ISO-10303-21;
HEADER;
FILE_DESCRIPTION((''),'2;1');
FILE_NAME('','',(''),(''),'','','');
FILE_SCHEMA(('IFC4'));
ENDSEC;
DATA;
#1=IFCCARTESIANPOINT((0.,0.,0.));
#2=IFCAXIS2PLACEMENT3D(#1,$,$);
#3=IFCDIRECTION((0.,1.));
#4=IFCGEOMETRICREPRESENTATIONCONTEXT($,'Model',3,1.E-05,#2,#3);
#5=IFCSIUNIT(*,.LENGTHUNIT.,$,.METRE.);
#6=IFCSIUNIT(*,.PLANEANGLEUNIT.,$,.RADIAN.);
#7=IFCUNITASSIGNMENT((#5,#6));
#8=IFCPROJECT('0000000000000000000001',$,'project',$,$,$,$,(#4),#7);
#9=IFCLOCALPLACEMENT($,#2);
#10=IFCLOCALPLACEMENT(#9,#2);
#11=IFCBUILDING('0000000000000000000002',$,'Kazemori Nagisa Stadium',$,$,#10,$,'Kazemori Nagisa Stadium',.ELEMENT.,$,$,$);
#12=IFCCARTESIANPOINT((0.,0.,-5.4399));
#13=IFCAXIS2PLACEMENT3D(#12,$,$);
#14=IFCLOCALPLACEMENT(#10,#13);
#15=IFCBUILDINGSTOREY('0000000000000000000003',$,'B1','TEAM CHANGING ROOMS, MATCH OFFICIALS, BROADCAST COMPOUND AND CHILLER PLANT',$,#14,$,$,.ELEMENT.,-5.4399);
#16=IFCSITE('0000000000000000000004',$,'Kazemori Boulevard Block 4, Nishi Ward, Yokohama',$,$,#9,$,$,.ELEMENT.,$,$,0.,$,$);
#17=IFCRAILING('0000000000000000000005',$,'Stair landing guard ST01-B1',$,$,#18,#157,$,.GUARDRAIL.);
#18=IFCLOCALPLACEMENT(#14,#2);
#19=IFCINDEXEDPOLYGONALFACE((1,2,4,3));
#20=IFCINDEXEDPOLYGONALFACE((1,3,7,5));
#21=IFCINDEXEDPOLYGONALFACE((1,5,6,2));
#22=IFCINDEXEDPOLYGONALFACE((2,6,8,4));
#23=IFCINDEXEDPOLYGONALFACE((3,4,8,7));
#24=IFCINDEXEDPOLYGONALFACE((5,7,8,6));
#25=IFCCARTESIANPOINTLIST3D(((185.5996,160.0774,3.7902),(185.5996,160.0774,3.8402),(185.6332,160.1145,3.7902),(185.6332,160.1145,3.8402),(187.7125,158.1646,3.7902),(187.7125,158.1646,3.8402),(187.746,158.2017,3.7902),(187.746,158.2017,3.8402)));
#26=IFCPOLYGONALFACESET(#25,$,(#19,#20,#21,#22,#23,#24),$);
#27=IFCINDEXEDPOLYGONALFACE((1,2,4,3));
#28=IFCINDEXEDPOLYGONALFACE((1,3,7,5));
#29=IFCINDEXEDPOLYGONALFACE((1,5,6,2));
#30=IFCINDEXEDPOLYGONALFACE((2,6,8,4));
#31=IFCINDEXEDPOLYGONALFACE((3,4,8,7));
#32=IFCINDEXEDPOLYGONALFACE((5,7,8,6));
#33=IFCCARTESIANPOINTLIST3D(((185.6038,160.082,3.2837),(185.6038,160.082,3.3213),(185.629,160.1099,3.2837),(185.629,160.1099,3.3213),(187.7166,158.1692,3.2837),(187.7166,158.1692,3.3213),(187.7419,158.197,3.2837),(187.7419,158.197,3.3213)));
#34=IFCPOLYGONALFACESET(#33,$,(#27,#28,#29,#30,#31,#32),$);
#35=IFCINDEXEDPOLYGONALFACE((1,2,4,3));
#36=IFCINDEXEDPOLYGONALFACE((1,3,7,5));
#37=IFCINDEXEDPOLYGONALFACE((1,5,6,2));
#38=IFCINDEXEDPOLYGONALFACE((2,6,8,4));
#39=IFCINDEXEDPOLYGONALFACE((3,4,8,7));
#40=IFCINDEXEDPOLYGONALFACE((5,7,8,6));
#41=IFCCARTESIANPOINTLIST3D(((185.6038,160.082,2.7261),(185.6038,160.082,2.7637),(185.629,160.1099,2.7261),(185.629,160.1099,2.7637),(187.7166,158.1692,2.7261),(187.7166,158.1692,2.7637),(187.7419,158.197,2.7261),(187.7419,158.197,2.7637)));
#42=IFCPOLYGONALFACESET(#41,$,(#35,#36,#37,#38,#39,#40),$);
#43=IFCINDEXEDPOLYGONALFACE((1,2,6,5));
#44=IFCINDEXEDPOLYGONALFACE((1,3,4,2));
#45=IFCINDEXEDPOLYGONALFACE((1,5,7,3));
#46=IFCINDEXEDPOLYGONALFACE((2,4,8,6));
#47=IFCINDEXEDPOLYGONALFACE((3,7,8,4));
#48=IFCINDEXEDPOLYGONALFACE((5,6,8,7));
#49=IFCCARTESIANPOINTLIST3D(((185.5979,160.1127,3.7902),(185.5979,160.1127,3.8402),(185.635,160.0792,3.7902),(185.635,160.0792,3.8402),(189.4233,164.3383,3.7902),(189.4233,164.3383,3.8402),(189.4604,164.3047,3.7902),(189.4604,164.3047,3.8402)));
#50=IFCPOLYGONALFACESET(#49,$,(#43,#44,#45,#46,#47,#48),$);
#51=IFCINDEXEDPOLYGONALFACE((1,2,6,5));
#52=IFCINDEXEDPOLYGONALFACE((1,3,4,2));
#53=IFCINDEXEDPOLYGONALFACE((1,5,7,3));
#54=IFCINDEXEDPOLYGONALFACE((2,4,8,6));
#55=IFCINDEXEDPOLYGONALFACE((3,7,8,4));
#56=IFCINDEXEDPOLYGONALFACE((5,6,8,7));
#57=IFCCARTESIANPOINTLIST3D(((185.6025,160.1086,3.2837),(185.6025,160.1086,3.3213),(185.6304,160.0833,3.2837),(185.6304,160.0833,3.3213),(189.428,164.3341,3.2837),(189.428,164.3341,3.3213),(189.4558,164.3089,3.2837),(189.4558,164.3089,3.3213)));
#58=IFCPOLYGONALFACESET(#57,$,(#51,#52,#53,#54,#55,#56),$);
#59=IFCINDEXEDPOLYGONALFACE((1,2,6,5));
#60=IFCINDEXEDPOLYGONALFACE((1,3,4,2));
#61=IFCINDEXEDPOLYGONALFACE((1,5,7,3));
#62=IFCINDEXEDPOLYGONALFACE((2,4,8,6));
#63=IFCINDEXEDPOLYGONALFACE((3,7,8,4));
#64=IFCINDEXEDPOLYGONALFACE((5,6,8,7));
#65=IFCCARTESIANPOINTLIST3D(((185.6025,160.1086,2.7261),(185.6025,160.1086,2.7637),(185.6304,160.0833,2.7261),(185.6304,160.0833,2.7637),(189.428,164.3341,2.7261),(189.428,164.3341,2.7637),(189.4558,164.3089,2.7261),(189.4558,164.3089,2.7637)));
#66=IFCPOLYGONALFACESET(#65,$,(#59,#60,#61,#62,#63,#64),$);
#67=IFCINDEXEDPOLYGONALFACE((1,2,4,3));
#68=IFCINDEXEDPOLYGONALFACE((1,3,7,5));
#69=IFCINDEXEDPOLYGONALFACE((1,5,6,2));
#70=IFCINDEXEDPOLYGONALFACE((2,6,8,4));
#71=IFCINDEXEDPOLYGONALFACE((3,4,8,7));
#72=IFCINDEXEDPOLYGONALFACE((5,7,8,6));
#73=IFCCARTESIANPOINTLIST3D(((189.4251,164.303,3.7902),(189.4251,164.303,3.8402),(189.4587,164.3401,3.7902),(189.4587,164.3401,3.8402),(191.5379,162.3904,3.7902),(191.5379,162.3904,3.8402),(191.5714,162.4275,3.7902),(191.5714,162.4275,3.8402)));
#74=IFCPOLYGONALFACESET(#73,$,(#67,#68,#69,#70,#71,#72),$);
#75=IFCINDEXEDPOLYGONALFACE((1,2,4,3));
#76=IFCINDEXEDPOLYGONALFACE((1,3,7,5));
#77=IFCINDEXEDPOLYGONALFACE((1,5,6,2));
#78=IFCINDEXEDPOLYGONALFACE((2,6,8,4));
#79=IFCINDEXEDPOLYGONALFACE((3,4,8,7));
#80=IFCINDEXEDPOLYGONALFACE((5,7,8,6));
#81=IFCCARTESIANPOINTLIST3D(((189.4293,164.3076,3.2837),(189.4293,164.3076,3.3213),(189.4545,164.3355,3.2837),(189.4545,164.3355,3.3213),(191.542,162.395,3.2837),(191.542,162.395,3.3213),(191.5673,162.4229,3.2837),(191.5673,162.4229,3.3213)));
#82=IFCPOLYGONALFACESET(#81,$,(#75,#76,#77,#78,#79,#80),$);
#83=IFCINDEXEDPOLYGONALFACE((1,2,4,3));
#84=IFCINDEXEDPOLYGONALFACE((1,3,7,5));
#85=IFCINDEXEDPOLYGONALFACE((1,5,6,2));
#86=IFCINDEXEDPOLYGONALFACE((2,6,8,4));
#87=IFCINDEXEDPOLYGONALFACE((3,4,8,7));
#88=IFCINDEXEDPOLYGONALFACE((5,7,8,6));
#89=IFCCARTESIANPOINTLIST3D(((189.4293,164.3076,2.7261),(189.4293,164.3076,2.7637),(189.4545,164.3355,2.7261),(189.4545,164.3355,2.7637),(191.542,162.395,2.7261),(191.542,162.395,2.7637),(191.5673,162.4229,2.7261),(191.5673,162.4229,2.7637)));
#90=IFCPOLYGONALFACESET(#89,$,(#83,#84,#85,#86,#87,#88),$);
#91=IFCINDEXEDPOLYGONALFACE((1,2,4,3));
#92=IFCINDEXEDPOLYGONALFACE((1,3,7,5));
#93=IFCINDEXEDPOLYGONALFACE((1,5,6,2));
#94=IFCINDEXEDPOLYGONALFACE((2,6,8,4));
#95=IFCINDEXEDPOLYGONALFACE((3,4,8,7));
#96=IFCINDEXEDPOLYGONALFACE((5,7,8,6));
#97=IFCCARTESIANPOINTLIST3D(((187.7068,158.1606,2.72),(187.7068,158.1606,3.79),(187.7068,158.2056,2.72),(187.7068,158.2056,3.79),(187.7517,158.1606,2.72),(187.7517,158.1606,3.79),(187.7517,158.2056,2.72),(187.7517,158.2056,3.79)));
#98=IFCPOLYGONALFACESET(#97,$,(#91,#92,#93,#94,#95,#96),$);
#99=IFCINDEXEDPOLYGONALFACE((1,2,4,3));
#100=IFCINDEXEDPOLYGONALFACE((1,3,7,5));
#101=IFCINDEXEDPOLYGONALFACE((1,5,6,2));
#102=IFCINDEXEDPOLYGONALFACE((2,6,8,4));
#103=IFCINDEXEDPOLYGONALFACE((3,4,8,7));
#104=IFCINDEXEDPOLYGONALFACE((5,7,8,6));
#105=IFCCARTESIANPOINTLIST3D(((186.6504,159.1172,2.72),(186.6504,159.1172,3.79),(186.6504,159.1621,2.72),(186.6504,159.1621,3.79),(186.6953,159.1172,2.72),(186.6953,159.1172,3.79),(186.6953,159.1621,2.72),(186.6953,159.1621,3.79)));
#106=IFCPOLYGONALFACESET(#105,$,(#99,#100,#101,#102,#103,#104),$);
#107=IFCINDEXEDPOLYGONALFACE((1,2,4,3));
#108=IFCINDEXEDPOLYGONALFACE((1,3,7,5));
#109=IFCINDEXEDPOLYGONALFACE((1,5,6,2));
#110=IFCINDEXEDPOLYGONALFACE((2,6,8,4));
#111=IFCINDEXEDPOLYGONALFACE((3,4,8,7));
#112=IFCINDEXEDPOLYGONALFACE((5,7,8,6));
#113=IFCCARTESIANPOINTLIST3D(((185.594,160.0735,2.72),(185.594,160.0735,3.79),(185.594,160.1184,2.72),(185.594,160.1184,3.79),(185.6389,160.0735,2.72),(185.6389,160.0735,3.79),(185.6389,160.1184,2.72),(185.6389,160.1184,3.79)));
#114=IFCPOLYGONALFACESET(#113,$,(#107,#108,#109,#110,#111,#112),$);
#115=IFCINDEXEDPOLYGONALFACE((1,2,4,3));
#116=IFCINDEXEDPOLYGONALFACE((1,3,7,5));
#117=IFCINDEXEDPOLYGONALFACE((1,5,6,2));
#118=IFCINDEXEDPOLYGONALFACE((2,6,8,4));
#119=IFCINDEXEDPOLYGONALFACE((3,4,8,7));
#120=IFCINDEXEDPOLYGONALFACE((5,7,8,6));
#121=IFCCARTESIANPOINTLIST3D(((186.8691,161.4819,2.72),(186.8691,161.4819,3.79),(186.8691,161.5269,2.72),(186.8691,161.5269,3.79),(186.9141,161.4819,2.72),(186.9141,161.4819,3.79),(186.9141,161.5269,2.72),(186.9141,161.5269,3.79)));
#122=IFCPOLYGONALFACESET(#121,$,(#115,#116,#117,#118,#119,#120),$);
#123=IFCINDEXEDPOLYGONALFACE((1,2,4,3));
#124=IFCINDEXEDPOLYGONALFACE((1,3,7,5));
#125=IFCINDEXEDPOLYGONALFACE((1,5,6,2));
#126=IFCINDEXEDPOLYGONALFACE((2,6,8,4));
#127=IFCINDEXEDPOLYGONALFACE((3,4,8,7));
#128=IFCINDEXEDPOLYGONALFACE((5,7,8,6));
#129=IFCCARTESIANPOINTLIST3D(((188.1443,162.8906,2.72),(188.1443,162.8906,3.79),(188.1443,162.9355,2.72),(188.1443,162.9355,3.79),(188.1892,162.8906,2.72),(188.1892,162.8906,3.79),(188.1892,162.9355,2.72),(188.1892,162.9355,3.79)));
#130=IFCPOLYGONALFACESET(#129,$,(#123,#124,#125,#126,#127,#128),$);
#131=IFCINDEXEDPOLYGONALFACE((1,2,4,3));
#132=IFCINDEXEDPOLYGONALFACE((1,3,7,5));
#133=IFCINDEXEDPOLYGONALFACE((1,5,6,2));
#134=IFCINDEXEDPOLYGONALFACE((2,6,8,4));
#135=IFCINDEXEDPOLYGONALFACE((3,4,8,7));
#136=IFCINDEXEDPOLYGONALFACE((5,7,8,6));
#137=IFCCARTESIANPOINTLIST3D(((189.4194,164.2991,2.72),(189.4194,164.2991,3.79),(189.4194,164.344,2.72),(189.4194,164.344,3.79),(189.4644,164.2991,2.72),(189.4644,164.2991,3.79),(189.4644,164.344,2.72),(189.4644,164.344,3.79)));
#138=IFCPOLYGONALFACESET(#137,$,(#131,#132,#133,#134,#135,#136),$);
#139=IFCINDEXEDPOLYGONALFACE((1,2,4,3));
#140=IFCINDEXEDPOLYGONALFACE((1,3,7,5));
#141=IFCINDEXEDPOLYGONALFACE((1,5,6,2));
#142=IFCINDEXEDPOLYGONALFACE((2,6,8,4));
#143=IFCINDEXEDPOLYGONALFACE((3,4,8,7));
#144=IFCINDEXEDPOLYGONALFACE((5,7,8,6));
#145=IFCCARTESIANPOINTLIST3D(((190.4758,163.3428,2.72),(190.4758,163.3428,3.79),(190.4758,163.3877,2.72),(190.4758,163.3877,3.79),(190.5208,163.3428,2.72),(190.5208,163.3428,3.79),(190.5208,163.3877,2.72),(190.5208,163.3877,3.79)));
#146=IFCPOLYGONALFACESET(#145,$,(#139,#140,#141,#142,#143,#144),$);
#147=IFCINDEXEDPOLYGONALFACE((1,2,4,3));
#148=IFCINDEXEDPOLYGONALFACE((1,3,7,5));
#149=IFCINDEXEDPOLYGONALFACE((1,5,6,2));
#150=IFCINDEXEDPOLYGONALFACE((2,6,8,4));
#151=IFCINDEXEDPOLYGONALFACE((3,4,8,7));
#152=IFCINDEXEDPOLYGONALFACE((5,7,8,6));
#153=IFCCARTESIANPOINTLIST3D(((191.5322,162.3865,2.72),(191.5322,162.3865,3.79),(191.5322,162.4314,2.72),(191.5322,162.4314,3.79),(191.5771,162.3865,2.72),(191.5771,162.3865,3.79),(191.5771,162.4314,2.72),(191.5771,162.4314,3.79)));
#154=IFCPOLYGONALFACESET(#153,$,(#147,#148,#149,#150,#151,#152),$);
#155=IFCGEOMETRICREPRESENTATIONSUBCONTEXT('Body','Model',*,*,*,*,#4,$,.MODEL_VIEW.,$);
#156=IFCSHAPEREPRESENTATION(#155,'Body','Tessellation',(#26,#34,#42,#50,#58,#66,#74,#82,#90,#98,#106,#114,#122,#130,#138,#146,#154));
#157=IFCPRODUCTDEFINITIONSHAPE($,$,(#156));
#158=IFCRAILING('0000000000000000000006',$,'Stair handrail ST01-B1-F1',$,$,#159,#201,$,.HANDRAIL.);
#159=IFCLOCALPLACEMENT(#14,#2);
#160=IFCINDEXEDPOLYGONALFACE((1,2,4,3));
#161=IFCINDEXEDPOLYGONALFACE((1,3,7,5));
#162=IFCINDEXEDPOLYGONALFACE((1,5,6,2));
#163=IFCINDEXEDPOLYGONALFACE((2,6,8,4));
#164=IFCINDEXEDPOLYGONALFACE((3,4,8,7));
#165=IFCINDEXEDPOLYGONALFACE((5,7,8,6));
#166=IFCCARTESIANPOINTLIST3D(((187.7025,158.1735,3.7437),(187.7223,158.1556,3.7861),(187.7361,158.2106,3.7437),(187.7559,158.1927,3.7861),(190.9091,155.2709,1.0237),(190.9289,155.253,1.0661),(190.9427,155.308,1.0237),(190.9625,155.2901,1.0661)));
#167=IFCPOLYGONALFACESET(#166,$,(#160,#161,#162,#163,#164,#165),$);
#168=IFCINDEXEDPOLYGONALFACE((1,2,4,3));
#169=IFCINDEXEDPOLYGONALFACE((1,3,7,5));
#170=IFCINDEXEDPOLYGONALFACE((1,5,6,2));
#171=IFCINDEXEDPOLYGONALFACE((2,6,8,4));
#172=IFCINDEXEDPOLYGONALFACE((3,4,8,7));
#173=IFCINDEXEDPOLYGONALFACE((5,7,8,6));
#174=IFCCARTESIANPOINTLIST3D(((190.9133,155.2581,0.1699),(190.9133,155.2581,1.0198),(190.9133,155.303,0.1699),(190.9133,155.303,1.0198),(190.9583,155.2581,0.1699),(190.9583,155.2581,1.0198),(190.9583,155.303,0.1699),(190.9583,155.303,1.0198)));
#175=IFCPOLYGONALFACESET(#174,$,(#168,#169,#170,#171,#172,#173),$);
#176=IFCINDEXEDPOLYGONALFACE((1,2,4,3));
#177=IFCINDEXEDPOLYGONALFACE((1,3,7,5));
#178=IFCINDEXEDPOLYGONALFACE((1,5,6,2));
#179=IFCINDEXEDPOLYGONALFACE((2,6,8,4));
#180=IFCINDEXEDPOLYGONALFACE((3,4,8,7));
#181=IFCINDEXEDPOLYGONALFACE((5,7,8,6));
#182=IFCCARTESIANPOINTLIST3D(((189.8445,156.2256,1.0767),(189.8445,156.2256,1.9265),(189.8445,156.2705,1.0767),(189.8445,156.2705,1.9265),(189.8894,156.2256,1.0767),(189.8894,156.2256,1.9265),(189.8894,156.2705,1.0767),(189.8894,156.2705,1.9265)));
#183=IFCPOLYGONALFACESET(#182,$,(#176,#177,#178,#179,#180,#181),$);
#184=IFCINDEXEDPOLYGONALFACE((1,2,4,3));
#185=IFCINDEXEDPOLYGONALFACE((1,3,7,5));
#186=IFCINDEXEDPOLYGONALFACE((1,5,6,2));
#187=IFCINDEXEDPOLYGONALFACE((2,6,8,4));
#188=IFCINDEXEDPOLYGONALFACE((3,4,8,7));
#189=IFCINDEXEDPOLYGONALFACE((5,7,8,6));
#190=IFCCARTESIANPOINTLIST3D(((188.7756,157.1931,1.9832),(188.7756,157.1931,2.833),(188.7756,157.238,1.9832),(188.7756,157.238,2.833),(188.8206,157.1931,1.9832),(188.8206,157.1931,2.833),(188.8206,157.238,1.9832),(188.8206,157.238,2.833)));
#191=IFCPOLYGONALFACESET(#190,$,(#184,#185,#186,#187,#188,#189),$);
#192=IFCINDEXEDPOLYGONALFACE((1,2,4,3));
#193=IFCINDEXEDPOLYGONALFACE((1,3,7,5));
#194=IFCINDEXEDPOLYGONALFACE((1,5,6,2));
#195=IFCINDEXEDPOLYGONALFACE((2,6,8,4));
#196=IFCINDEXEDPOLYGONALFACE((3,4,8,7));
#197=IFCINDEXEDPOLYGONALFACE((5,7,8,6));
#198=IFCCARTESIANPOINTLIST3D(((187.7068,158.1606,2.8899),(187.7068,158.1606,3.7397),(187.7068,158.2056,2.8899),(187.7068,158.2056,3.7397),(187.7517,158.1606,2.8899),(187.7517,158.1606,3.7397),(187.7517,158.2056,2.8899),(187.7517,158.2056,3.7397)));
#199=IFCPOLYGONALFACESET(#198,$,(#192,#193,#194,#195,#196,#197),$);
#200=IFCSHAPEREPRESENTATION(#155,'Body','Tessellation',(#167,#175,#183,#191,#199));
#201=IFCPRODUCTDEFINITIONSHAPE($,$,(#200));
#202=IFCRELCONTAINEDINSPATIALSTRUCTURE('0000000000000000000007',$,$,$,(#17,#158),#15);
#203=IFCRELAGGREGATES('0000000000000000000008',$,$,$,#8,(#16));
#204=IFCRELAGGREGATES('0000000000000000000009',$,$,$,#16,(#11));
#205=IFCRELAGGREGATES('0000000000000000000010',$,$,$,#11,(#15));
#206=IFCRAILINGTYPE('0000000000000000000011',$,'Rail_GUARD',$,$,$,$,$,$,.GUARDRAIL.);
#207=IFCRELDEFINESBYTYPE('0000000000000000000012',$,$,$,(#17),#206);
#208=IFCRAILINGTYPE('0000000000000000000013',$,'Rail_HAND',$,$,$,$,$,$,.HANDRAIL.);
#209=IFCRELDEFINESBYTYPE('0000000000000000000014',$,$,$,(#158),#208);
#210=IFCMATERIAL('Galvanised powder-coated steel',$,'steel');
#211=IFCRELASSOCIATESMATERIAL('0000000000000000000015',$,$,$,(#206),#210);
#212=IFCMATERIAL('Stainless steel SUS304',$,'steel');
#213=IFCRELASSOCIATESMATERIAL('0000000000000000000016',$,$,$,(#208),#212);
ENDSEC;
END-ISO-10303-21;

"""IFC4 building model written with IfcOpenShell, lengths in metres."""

from ifc_helpers import new_model, si_unit, direction, frame, origin, origin_2d, place, context, subcontext, project, spatial, rectangle, extrude, material, type_object, element, save


model = new_model("IFC4")

# Units and contexts
model_context = context("Model", 3, precision=1e-05, world=origin(), true_north=direction((0.0, 1.0)))
body_context = subcontext(model_context, "Body", "Model", "MODEL_VIEW")
ifc_project = project(units=[si_unit("LENGTHUNIT", "METRE"), si_unit("PLANEANGLEUNIT", "RADIAN")], contexts=[model_context])

# Site, building, storey
site_placement = place(None, origin())
site = spatial("IfcSite", under=ifc_project, at=site_placement, Name="Kazemori Boulevard Block 4, Nishi Ward, Yokohama", CompositionType="ELEMENT", RefElevation=0.0)
building_placement = place(site_placement, origin())
building = spatial("IfcBuilding", under=site, at=building_placement, Name="Kazemori Nagisa Stadium", LongName="Kazemori Nagisa Stadium", CompositionType="ELEMENT")
storey_placement = place(building_placement, frame((0.0, 0.0, -5.4399)))
storey = spatial("IfcBuildingStorey", under=building, at=storey_placement, Name="B1", Description="TEAM CHANGING ROOMS, MATCH OFFICIALS, BROADCAST COMPOUND AND CHILLER PLANT", CompositionType="ELEMENT", Elevation=-5.4399)

# Shared definitions
ifc_material_1 = material(Name="Stainless steel SUS304", Category="steel")

# Railings
ifc_material_2 = material(Name="Galvanised powder-coated steel", Category="steel")
railing_type_1 = type_object("IfcRailingType", Name="Rail_GUARD", PredefinedType="GUARDRAIL", material=ifc_material_2)
railing_1_placement = place(storey_placement, frame((187.7292, 158.1831, 2.72)))
element("IfcRailing", 1, at=railing_1_placement, inside=storey, type_object=railing_type_1, Name="Stair landing guard ST01-B1", PredefinedType="GUARDRAIL", context=body_context, shape_type="SweptSolid", body=[
    extrude(rectangle(XDim=0.05, YDim=0.05, at=origin_2d()), frame((0.0, 0.0, 1.0952), z_axis=(-0.741315, 0.671158, 0.0), x_axis=(-0.671158, -0.741315, 0.0)), (0.0, 0.0, 1.0), 2.8501),
    extrude(rectangle(XDim=0.0376, YDim=0.0376, at=origin_2d()), frame((0.0, 0.0, 0.5825), z_axis=(-0.741315, 0.671158, 0.0), x_axis=(-0.671158, -0.741315, 0.0)), (0.0, 0.0, 1.0), 2.8501),
    extrude(rectangle(XDim=0.0376, YDim=0.0376, at=origin_2d()), frame((0.0, 0.0, 0.0249), z_axis=(-0.741315, 0.671158, 0.0), x_axis=(-0.671158, -0.741315, 0.0)), (0.0, 0.0, 1.0), 2.8501),
    extrude(rectangle(XDim=0.05, YDim=0.05, at=origin_2d()), frame((-2.1128, 1.9128, 1.0952), z_axis=(0.671134, 0.741336, 0.0), x_axis=(-0.741336, 0.671134, 0.0)), (0.0, 0.0, 1.0), 5.7),
    extrude(rectangle(XDim=0.0376, YDim=0.0376, at=origin_2d()), frame((-2.1128, 1.9128, 0.5825), z_axis=(0.671134, 0.741336, 0.0), x_axis=(-0.741336, 0.671134, 0.0)), (0.0, 0.0, 1.0), 5.7),
    extrude(rectangle(XDim=0.0376, YDim=0.0376, at=origin_2d()), frame((-2.1128, 1.9128, 0.0249), z_axis=(0.671134, 0.741336, 0.0), x_axis=(-0.741336, 0.671134, 0.0)), (0.0, 0.0, 1.0), 5.7),
    extrude(rectangle(XDim=0.05, YDim=0.05, at=origin_2d()), frame((1.7126, 6.1384, 1.0952), z_axis=(0.741357, -0.671111, 0.0), x_axis=(0.671111, 0.741357, 0.0)), (0.0, 0.0, 1.0), 2.8499),
    extrude(rectangle(XDim=0.0376, YDim=0.0376, at=origin_2d()), frame((1.7126, 6.1384, 0.5825), z_axis=(0.741357, -0.671111, 0.0), x_axis=(0.671111, 0.741357, 0.0)), (0.0, 0.0, 1.0), 2.8499),
    extrude(rectangle(XDim=0.0376, YDim=0.0376, at=origin_2d()), frame((1.7126, 6.1384, 0.0249), z_axis=(0.741357, -0.671111, 0.0), x_axis=(0.671111, 0.741357, 0.0)), (0.0, 0.0, 1.0), 2.8499),
    extrude(rectangle(XDim=0.0449, YDim=0.0449, at=origin_2d()), origin(), (0.0, 0.0, 1.0), 1.0701),
    extrude(rectangle(XDim=0.0449, YDim=0.0449, at=origin_2d()), frame((-1.0564, 0.9565, 0.0)), (0.0, 0.0, 1.0), 1.0701),
    extrude(rectangle(XDim=0.0449, YDim=0.0449, at=origin_2d()), frame((-2.1128, 1.9128, 0.0)), (0.0, 0.0, 1.0), 1.0701),
    extrude(rectangle(XDim=0.0449, YDim=0.0449, at=origin_2d()), frame((-0.8376, 3.3213, 0.0)), (0.0, 0.0, 1.0), 1.0701),
    extrude(rectangle(XDim=0.0449, YDim=0.0449, at=origin_2d()), frame((0.4375, 4.73, 0.0)), (0.0, 0.0, 1.0), 1.0701),
    extrude(rectangle(XDim=0.0449, YDim=0.0449, at=origin_2d()), frame((1.7126, 6.1384, 0.0)), (0.0, 0.0, 1.0), 1.0701),
    extrude(rectangle(XDim=0.0449, YDim=0.0449, at=origin_2d()), frame((2.769, 5.1821, 0.0)), (0.0, 0.0, 1.0), 1.0701),
    extrude(rectangle(XDim=0.0449, YDim=0.0449, at=origin_2d()), frame((3.8254, 4.2258, 0.0)), (0.0, 0.0, 1.0), 1.0701),
])
railing_type_2 = type_object("IfcRailingType", Name="Rail_HAND", PredefinedType="HANDRAIL", material=ifc_material_1)
railing_2_placement = place(storey_placement, frame((190.9358, 155.2805, 0.1699)))
element("IfcRailing", 2, at=railing_2_placement, inside=storey, type_object=railing_type_2, Name="Stair handrail ST01-B1-F1", PredefinedType="HANDRAIL", context=body_context, shape_type="SweptSolid", body=[
    extrude(rectangle(XDim=0.05, YDim=0.05, at=origin_2d()), frame((0.0, 0.0, 0.875), z_axis=(-0.627587, 0.568096, 0.532354), x_axis=(-0.671095, -0.741371, 0.0)), (0.0, 0.0, 1.0), 5.1094),
    extrude(rectangle(XDim=0.0449, YDim=0.0449, at=origin_2d()), origin(), (0.0, 0.0, 1.0), 0.8499),
    extrude(rectangle(XDim=0.0449, YDim=0.0449, at=origin_2d()), frame((-1.0688, 0.9675, 0.9067)), (0.0, 0.0, 1.0), 0.8499),
    extrude(rectangle(XDim=0.0449, YDim=0.0449, at=origin_2d()), frame((-2.1377, 1.9351, 1.8132)), (0.0, 0.0, 1.0), 0.8499),
    extrude(rectangle(XDim=0.0449, YDim=0.0449, at=origin_2d()), frame((-3.2065, 2.9026, 2.72)), (0.0, 0.0, 1.0), 0.8499),
])

save(model, "model.ifc")
